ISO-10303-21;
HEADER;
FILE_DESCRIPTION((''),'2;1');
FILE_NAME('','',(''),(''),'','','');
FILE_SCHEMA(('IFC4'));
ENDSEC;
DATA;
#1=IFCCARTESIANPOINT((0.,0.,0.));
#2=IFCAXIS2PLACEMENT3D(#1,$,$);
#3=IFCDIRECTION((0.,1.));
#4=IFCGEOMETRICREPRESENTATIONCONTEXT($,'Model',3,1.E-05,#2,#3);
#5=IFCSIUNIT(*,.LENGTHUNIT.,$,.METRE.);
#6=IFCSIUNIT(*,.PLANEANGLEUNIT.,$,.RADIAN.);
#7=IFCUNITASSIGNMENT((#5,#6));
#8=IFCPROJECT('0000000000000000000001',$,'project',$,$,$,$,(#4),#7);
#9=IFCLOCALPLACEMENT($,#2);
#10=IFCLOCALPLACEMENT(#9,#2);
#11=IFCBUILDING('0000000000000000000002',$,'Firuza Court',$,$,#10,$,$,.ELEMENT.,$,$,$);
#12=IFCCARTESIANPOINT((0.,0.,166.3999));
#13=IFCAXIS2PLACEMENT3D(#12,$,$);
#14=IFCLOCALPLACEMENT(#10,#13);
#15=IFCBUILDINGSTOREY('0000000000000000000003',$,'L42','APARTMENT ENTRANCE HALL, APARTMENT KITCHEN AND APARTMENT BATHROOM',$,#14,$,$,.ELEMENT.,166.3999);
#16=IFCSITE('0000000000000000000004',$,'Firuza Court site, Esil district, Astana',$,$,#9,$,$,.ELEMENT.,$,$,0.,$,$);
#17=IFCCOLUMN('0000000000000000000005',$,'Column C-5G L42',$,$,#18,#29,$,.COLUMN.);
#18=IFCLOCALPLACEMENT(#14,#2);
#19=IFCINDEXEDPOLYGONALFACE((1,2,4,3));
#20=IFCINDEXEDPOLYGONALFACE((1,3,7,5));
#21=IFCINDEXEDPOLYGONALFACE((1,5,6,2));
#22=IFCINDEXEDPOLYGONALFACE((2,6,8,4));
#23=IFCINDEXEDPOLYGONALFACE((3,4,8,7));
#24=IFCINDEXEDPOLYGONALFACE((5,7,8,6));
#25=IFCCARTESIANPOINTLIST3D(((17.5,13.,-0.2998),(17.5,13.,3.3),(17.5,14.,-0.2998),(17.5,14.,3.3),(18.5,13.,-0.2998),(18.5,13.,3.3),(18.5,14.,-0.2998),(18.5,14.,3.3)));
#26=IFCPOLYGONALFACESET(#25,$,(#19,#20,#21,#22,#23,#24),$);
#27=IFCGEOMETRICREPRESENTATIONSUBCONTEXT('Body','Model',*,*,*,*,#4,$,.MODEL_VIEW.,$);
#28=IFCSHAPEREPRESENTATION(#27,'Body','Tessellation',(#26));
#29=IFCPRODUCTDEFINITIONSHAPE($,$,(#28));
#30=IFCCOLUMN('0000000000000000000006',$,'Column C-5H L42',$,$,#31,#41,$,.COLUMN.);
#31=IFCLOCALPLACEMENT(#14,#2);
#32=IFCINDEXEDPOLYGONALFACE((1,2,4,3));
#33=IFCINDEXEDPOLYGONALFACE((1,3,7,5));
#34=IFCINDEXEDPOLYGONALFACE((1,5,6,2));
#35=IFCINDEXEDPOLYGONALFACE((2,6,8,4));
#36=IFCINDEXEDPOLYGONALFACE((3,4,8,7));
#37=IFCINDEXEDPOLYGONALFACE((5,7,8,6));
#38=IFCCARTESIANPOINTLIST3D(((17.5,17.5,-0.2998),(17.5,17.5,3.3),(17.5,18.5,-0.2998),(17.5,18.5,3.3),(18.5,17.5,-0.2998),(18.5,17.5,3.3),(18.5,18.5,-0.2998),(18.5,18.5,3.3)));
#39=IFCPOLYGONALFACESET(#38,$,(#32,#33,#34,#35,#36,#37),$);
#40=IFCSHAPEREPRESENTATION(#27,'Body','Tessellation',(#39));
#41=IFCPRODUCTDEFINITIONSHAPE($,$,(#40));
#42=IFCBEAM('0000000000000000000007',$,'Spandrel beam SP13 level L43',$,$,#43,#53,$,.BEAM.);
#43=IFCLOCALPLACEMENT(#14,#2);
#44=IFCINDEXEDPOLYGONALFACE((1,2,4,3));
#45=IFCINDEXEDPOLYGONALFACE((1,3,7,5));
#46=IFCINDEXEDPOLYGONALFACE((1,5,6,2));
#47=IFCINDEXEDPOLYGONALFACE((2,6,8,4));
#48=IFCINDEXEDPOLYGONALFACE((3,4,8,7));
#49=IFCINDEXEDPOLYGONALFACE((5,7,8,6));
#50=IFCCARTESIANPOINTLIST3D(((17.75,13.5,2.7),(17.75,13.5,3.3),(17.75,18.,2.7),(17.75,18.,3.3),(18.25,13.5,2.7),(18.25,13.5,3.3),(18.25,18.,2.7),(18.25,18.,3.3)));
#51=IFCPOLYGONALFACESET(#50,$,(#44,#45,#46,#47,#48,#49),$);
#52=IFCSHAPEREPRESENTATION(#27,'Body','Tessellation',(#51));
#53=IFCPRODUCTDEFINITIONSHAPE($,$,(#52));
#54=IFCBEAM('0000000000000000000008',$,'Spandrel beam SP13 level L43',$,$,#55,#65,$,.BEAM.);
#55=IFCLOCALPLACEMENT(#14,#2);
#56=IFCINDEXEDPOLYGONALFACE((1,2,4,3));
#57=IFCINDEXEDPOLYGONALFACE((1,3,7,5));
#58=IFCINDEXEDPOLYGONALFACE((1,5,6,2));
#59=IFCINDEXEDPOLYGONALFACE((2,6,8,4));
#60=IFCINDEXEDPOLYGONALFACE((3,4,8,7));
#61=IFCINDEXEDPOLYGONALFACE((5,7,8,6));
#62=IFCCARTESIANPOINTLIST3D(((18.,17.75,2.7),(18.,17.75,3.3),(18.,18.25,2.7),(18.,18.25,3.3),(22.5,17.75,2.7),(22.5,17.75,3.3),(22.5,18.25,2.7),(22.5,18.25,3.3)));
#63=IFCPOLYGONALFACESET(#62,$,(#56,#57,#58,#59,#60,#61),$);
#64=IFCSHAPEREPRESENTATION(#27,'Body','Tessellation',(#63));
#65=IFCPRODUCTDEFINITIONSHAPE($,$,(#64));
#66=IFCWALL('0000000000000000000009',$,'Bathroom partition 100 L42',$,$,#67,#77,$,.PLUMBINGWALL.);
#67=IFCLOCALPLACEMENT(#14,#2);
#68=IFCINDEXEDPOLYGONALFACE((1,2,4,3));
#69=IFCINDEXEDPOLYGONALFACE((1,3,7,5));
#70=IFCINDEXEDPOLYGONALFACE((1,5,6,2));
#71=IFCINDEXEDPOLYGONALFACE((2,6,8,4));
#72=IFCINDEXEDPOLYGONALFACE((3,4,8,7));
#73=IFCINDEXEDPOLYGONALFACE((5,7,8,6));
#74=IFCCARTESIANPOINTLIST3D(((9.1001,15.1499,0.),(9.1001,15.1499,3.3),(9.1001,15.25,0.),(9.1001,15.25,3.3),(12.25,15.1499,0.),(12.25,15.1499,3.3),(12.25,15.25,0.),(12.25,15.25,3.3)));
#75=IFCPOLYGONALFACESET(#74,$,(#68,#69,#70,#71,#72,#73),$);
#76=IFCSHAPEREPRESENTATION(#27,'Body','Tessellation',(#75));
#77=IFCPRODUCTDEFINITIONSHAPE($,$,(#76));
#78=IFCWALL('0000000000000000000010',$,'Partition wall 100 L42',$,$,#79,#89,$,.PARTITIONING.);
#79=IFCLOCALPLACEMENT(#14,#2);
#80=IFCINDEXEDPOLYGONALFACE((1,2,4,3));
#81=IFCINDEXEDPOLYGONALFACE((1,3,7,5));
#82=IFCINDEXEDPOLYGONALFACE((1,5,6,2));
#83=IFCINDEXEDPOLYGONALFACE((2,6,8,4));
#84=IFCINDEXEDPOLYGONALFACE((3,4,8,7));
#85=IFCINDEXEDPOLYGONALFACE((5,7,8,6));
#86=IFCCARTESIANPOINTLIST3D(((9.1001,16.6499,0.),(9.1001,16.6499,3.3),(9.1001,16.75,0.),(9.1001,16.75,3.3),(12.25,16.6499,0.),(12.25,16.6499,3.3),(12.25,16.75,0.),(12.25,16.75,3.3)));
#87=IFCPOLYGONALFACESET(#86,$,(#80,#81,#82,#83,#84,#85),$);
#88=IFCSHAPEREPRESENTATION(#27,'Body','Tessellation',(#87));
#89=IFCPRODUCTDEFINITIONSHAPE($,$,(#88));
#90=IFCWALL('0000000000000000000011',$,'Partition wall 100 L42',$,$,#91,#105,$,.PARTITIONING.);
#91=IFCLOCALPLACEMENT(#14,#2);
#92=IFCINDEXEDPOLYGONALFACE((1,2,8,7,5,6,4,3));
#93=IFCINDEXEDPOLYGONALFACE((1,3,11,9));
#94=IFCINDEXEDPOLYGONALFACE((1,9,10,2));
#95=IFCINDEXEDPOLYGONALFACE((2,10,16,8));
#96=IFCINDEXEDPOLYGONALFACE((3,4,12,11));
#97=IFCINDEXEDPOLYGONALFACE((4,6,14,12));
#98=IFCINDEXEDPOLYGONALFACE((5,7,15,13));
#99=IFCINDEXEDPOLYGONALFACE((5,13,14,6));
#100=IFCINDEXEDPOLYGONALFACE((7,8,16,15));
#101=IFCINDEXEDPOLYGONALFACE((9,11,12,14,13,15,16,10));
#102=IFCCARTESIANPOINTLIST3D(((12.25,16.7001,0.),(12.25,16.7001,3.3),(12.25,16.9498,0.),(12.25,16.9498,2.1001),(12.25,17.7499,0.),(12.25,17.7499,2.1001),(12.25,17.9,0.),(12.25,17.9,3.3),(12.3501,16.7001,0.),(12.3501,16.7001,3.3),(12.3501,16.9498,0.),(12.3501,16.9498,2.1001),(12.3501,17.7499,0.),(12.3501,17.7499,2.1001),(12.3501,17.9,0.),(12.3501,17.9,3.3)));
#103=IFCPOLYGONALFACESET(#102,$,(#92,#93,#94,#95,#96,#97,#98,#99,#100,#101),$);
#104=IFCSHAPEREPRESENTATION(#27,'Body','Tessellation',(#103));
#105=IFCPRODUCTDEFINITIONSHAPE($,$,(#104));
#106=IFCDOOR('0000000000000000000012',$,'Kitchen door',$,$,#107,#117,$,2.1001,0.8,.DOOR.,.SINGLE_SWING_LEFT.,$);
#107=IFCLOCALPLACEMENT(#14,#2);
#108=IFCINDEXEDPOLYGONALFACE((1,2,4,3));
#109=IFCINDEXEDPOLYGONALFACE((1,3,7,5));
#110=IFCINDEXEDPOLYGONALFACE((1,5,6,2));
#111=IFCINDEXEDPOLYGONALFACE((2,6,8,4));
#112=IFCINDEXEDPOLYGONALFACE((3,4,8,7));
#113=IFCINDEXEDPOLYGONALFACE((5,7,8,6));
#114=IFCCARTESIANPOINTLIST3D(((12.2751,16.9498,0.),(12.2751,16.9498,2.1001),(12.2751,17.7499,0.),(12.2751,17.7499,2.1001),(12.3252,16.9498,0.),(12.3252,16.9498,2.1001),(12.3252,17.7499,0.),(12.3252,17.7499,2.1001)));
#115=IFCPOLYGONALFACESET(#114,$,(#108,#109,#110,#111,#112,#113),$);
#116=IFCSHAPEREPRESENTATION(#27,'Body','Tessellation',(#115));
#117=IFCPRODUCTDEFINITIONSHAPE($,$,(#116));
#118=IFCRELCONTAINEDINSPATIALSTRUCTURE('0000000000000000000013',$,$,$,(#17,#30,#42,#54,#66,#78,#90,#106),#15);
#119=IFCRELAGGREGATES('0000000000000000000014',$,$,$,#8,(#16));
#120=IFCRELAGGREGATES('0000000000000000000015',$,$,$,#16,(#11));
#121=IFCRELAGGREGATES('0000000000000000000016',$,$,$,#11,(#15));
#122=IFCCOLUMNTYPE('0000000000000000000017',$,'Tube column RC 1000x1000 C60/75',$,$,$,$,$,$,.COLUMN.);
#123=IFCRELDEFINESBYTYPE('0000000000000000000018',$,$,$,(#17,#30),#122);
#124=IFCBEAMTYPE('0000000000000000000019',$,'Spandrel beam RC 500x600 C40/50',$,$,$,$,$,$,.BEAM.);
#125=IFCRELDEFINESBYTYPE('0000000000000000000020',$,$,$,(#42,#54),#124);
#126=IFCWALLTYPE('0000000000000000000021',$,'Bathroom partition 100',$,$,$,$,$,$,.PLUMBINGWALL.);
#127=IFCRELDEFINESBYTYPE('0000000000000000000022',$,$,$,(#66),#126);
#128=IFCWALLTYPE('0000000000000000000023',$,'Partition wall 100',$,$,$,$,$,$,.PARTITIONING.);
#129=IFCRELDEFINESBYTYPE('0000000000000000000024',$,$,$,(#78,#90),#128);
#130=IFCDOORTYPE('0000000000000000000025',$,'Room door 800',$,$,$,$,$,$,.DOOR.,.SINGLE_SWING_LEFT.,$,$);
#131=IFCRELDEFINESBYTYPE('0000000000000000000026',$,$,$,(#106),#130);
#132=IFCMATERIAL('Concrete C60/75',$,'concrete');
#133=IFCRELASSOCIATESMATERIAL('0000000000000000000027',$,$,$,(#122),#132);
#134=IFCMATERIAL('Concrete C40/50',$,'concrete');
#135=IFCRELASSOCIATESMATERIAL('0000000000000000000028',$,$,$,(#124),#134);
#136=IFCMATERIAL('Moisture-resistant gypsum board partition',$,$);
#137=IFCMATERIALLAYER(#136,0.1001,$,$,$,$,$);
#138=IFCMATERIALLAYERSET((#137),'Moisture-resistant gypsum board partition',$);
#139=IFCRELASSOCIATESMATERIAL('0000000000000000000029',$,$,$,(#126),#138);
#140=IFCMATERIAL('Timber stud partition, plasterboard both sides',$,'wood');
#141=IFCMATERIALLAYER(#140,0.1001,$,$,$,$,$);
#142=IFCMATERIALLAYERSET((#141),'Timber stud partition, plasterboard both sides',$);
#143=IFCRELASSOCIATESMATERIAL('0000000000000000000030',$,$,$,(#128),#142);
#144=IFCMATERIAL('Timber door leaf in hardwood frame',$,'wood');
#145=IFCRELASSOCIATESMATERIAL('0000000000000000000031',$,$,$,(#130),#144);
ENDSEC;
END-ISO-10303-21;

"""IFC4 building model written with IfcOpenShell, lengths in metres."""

from ifc_helpers import new_model, si_unit, direction, frame, frame_2d, origin, origin_2d, place, context, subcontext, project, spatial, rectangle, extrude, material, layer, layer_set, material_profile, profile_set, type_object, element, fill, save


model = new_model("IFC4")

# Units and contexts
model_context = context("Model", 3, precision=1e-05, world=origin(), true_north=direction((0.0, 1.0)))
body_context = subcontext(model_context, "Body", "Model", "MODEL_VIEW")
ifc_project = project(units=[si_unit("LENGTHUNIT", "METRE"), si_unit("PLANEANGLEUNIT", "RADIAN")], contexts=[model_context])

# Site, building, storey
site_placement = place(None, origin())
site = spatial("IfcSite", under=ifc_project, at=site_placement, Name="Firuza Court site, Esil district, Astana", CompositionType="ELEMENT", RefElevation=0.0)
building_placement = place(site_placement, origin())
building = spatial("IfcBuilding", under=site, at=building_placement, Name="Firuza Court", CompositionType="ELEMENT")
storey_placement = place(building_placement, frame((0.0, 0.0, 166.3999)))
storey = spatial("IfcBuildingStorey", under=building, at=storey_placement, Name="L42", Description="APARTMENT ENTRANCE HALL, APARTMENT KITCHEN AND APARTMENT BATHROOM", CompositionType="ELEMENT", Elevation=166.3999)

# Columns
ifc_material_1 = material(Name="Concrete C60/75", Category="concrete")
ifc_material_profile_1 = material_profile(ifc_material_1, rectangle(XDim=1.0, YDim=1.0, at=origin_2d()), Name="RC 1000x1000")
ifc_profile_set_1 = profile_set([ifc_material_profile_1], Name="Concrete C60/75")
column_type = type_object("IfcColumnType", Name="Tube column RC 1000x1000 C60/75", PredefinedType="COLUMN", material=ifc_profile_set_1)
for number, where, z_axis, x_axis, name in (
    (1, (18.0, 13.5, -0.2998), (0.0, 0.0, 1.0), (1.0, 0.0, 0.0), "Column C-5G L42"),
    (2, (18.0, 18.0, -0.2998), (0.0, 0.0, 1.0), (1.0, 0.0, 0.0), "Column C-5H L42"),
):
    element("IfcColumn", number, at=place(storey_placement, frame(where, z_axis=z_axis, x_axis=x_axis)), inside=storey, type_object=column_type, Name=name, PredefinedType="COLUMN", context=body_context, shape_type="SweptSolid", body=[
        extrude(rectangle(XDim=1.0, YDim=1.0, at=origin_2d()), origin(), (0.0, 0.0, 1.0), 3.5999),
    ])

# Beams
ifc_material_2 = material(Name="Concrete C40/50", Category="concrete")
ifc_material_profile_2 = material_profile(ifc_material_2, rectangle(XDim=0.5, YDim=0.6001, at=origin_2d()), Name="RC 500x600")
ifc_profile_set_2 = profile_set([ifc_material_profile_2], Name="Concrete C40/50")
beam_type = type_object("IfcBeamType", Name="Spandrel beam RC 500x600 C40/50", PredefinedType="BEAM", material=ifc_profile_set_2)
for number, where, z_axis, x_axis, name in (
    (3, (18.0, 13.5, 3.0), (0.0, 1.0, 0.0), (-1.0, 0.0, 0.0), "Spandrel beam SP13 level L43"),
    (4, (18.0, 18.0, 3.0), (1.0, 0.0, 0.0), (0.0, 1.0, 0.0), "Spandrel beam SP13 level L43"),
):
    element("IfcBeam", number, at=place(storey_placement, frame(where, z_axis=z_axis, x_axis=x_axis)), inside=storey, type_object=beam_type, Name=name, PredefinedType="BEAM", context=body_context, shape_type="SweptSolid", body=[
        extrude(rectangle(XDim=0.5, YDim=0.6001, at=origin_2d()), origin(), (0.0, 0.0, 1.0), 4.5),
    ])

# Walls
ifc_material_3 = material(Name="Moisture-resistant gypsum board partition")
ifc_layer_1 = layer(ifc_material_3, 0.1001)
ifc_layer_set_1 = layer_set([ifc_layer_1], Name="Moisture-resistant gypsum board partition")
wall_type_1 = type_object("IfcWallType", Name="Bathroom partition 100", PredefinedType="PLUMBINGWALL", material=ifc_layer_set_1)
wall_1_placement = place(storey_placement, frame((9.1001, 15.2, 0.0), z_axis=(0.0, 0.0, 1.0), x_axis=(1.0, 0.0, 0.0)))
element("IfcWall", 5, at=wall_1_placement, inside=storey, type_object=wall_type_1, Name="Bathroom partition 100 L42", PredefinedType="PLUMBINGWALL", context=body_context, shape_type="SweptSolid", body=[
    extrude(rectangle(XDim=3.1499, YDim=0.1001, at=frame_2d((1.575, 0.0))), origin(), (0.0, 0.0, 1.0), 3.3),
])
ifc_material_4 = material(Name="Timber stud partition, plasterboard both sides", Category="wood")
ifc_layer_2 = layer(ifc_material_4, 0.1001)
ifc_layer_set_2 = layer_set([ifc_layer_2], Name="Timber stud partition, plasterboard both sides")
wall_type_2 = type_object("IfcWallType", Name="Partition wall 100", PredefinedType="PARTITIONING", material=ifc_layer_set_2)
wall_2_placement = place(storey_placement, frame((9.1001, 16.7, 0.0), z_axis=(0.0, 0.0, 1.0), x_axis=(1.0, 0.0, 0.0)))
element("IfcWall", 6, at=wall_2_placement, inside=storey, type_object=wall_type_2, Name="Partition wall 100 L42", PredefinedType="PARTITIONING", context=body_context, shape_type="SweptSolid", body=[
    extrude(rectangle(XDim=3.1499, YDim=0.1001, at=frame_2d((1.575, 0.0))), origin(), (0.0, 0.0, 1.0), 3.3),
])

# Wall, opening, door
wall_3_placement = place(storey_placement, frame((12.3, 16.7, 0.0), z_axis=(0.0, 0.0, 1.0), x_axis=(0.0, 1.0, 0.0)))
wall_3 = element("IfcWall", 7, at=wall_3_placement, inside=storey, type_object=wall_type_2, Name="Partition wall 100 L42", PredefinedType="PARTITIONING", context=body_context, shape_type="SweptSolid", body=[
    extrude(rectangle(XDim=1.2, YDim=0.1001, at=frame_2d((0.6001, 0.0))), origin(), (0.0, 0.0, 1.0), 3.3),
])
opening_1_placement = place(wall_3_placement, frame((0.25, 0.0, 0.0)))
opening_1 = element("IfcOpeningElement", 8, at=opening_1_placement, cuts=wall_3, PredefinedType="OPENING", context=body_context, shape_type="SweptSolid", body=[
    extrude(rectangle(XDim=0.8, YDim=2.1001, at=frame_2d((0.3999, 1.05))), frame((0.0, 0.062, 0.0), z_axis=(0.0, -1.0, 0.0), x_axis=(1.0, 0.0, 0.0)), (0.0, 0.0, 1.0), 0.124),
])
ifc_material_5 = material(Name="Timber door leaf in hardwood frame", Category="wood")
door_type_1 = type_object("IfcDoorType", Name="Room door 800", OperationType="SINGLE_SWING_LEFT", PredefinedType="DOOR", material=ifc_material_5)
door_1_placement = place(opening_1_placement, origin())
door_1 = element("IfcDoor", 9, at=door_1_placement, inside=storey, type_object=door_type_1, Name="Kitchen door", OperationType="SINGLE_SWING_LEFT", OverallHeight=2.1001, OverallWidth=0.8, PredefinedType="DOOR", context=body_context, shape_type="SweptSolid", body=[
    extrude(rectangle(XDim=0.8, YDim=2.1001, at=frame_2d((0.3999, 1.05))), frame((0.0, 0.0249, 0.0), z_axis=(0.0, -1.0, 0.0), x_axis=(1.0, 0.0, 0.0)), (0.0, 0.0, 1.0), 0.05),
])
fill(opening_1, door_1)

save(model, "model.ifc")
